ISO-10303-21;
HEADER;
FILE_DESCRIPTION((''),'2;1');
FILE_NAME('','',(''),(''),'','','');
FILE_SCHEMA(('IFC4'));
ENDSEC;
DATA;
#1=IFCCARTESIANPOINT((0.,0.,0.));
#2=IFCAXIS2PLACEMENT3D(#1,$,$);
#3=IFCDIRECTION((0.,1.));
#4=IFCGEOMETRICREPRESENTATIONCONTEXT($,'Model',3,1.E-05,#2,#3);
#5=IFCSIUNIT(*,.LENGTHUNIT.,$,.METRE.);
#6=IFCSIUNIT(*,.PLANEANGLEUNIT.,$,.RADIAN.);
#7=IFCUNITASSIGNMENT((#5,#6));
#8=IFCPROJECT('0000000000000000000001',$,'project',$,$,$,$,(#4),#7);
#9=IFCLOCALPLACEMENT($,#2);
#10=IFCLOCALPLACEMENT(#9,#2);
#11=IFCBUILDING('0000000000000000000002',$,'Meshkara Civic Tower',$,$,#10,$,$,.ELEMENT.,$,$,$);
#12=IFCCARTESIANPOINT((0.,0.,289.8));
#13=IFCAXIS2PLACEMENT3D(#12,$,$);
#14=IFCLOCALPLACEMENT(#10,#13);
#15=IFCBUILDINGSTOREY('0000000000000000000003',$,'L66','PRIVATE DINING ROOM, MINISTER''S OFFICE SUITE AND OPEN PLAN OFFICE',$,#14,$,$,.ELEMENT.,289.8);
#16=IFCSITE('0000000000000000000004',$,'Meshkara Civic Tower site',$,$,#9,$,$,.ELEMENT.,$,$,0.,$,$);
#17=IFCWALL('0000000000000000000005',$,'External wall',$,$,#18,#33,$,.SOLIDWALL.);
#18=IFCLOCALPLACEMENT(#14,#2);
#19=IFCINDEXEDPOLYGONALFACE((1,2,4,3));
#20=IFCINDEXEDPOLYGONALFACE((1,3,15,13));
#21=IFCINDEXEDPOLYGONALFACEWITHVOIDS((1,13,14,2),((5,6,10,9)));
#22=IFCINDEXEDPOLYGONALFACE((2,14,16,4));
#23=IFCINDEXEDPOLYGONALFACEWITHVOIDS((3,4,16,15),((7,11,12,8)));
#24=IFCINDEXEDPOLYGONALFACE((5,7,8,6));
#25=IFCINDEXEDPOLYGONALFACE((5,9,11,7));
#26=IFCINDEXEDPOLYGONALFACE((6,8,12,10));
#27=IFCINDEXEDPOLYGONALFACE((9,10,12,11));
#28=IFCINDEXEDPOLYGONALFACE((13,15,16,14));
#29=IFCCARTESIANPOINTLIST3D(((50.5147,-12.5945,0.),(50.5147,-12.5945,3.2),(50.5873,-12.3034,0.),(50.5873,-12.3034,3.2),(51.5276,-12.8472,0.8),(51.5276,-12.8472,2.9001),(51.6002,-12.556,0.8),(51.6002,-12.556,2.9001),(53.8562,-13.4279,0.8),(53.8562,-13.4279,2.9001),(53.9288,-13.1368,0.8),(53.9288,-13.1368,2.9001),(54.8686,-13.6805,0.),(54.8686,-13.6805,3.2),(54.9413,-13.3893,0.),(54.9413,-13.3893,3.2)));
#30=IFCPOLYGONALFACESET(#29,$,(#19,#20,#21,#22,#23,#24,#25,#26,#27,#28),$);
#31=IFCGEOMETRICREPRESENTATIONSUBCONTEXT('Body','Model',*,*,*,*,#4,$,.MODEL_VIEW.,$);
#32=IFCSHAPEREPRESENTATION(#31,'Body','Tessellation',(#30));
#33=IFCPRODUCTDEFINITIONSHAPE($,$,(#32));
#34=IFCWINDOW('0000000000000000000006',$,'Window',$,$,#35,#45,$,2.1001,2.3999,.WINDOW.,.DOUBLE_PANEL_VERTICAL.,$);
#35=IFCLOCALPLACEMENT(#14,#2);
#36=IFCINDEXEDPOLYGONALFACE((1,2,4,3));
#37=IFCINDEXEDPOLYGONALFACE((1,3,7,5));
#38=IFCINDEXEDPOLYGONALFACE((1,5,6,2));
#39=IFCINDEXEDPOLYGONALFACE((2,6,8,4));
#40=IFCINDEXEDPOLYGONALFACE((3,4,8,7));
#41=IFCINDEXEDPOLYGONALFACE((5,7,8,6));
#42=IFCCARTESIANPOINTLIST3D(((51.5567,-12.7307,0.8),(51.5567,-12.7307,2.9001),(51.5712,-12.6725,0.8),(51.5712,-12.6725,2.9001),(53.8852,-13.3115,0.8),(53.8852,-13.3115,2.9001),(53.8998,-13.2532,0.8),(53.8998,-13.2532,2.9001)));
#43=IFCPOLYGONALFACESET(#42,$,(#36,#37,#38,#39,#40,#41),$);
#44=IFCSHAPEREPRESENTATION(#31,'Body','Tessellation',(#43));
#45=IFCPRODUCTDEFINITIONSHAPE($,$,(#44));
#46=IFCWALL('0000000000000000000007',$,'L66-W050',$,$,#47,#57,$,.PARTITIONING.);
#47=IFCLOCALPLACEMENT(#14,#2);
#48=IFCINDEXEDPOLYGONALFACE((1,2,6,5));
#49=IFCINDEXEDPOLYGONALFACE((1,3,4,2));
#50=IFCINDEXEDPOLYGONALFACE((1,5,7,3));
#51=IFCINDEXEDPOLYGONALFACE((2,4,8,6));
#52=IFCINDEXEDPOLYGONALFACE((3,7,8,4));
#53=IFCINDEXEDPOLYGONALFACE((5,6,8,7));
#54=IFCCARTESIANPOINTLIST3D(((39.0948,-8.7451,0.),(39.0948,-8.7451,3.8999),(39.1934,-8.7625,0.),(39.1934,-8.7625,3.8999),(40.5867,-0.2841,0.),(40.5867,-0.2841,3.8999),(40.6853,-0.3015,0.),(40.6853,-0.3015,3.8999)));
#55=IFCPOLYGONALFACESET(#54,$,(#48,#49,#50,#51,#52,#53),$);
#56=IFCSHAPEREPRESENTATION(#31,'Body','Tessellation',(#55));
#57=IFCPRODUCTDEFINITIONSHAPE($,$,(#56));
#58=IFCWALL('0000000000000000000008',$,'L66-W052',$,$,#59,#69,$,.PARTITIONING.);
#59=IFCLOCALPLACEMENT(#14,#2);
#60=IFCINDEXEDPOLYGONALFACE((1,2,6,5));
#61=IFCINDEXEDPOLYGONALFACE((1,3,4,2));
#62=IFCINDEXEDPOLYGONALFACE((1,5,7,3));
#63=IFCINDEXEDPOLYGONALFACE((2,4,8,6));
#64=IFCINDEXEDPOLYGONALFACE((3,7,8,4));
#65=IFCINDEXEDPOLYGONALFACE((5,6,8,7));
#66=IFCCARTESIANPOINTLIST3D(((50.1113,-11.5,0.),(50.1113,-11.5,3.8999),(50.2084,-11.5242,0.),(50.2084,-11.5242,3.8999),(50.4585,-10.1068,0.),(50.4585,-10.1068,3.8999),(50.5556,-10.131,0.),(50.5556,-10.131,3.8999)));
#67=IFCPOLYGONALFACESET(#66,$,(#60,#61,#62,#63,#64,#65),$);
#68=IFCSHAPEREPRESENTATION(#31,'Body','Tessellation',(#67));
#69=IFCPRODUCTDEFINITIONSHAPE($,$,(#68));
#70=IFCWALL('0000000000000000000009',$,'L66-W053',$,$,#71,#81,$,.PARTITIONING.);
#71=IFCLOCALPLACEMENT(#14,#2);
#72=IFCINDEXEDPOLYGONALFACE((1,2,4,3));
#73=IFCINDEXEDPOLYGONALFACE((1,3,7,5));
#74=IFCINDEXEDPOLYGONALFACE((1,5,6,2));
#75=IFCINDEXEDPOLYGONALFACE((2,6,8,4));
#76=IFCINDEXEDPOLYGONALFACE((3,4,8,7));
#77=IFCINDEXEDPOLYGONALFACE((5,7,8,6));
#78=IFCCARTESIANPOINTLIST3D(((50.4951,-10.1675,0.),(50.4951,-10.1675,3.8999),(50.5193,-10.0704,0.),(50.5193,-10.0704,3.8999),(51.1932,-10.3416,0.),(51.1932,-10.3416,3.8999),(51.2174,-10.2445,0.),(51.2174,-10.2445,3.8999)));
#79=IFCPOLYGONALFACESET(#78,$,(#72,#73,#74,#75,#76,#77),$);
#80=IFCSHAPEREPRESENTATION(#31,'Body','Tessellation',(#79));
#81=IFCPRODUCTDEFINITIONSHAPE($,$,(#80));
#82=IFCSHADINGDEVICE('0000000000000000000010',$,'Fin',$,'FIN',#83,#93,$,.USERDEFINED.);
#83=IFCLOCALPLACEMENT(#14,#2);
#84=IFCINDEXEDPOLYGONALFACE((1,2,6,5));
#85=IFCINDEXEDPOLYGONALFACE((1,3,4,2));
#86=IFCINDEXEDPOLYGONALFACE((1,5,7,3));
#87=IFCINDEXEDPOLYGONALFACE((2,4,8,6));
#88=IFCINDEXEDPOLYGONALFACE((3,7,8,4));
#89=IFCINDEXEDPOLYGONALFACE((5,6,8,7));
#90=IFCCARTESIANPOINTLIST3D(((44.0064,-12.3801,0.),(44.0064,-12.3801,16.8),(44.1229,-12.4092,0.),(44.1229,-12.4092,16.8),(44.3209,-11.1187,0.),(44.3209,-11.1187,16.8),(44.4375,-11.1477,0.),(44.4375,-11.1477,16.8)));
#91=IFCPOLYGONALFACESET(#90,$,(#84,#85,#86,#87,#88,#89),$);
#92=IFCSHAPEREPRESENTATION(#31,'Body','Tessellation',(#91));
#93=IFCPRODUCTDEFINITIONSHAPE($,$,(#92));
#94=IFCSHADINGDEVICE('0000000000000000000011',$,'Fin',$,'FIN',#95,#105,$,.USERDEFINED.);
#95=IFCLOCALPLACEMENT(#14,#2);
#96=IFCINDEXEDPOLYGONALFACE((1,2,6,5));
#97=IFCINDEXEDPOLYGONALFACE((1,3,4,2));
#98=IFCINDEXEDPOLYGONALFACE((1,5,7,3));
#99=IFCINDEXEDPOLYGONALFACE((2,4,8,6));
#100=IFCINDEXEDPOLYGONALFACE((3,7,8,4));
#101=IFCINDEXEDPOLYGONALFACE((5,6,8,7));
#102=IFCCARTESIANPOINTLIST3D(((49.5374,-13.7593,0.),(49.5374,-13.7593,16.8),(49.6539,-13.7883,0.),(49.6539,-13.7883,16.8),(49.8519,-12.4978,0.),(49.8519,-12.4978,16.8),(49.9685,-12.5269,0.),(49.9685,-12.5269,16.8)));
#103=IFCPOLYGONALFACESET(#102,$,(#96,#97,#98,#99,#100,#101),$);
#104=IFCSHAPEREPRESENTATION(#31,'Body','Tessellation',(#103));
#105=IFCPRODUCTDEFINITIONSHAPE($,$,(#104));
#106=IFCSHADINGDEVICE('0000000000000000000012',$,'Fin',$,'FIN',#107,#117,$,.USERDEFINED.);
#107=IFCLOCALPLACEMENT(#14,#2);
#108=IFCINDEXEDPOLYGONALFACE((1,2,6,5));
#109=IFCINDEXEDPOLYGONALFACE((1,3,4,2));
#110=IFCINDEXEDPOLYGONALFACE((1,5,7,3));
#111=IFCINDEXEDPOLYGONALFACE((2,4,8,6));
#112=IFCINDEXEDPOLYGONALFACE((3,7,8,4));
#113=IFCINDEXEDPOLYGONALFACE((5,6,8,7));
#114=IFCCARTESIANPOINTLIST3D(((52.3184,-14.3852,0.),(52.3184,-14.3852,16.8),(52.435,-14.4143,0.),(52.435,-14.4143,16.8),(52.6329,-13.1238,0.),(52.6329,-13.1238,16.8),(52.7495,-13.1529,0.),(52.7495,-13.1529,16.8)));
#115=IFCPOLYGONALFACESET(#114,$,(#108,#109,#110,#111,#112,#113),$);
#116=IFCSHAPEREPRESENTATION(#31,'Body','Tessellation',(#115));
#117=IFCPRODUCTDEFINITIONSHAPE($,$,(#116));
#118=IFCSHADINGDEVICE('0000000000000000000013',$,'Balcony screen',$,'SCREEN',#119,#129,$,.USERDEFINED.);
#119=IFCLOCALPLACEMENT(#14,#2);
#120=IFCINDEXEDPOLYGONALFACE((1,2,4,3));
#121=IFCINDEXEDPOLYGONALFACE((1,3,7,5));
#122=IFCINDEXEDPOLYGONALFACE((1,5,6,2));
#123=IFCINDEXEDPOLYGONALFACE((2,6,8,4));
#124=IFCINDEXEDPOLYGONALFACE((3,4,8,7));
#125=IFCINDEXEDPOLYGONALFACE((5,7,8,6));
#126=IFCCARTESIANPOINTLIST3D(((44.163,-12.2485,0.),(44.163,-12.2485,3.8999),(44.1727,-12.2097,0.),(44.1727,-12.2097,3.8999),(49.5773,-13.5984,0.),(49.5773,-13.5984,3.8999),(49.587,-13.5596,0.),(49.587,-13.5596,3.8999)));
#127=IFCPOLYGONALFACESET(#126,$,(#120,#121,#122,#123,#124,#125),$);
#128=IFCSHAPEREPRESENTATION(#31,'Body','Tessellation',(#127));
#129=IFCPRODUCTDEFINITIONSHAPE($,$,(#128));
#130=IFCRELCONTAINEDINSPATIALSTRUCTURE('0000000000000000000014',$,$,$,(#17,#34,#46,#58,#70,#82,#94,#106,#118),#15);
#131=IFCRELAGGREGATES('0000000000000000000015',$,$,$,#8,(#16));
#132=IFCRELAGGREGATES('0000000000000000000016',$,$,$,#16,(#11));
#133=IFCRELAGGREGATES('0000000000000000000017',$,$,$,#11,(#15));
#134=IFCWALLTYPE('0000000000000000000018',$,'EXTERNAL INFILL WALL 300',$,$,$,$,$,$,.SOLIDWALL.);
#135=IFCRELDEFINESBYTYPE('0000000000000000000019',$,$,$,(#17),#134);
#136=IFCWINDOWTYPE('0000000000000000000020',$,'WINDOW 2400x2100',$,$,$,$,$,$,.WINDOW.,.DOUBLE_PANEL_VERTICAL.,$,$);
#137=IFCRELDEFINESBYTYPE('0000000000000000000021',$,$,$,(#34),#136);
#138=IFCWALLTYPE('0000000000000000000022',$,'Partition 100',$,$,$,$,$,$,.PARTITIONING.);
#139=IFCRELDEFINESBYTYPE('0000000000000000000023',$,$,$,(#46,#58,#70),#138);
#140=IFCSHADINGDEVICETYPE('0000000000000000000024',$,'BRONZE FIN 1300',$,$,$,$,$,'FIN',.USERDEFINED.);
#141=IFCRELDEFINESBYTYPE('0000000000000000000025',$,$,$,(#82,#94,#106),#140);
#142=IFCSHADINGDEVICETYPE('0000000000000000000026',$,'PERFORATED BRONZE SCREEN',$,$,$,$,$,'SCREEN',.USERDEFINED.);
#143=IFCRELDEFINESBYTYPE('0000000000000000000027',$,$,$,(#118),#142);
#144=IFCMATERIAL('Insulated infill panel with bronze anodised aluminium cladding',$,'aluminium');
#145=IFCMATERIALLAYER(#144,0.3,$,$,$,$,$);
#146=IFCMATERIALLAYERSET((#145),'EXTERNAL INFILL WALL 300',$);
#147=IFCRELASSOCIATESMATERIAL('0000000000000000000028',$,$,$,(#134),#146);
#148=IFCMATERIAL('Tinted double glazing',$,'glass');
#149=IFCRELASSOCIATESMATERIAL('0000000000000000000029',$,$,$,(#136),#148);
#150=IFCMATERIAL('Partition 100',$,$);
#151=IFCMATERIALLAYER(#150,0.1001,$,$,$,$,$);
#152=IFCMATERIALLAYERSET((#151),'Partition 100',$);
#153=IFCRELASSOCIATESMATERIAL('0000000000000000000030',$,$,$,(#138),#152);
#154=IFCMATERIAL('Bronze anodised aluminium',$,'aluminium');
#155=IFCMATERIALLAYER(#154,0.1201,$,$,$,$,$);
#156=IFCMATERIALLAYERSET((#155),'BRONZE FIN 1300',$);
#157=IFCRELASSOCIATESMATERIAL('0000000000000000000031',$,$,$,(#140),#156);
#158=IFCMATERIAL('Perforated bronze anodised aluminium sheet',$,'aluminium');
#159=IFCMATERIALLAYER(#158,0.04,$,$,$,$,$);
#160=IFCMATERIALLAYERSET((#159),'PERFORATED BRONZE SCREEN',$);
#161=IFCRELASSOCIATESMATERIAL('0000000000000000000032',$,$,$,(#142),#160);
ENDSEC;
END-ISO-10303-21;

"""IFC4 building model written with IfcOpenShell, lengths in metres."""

from ifc_helpers import new_model, si_unit, direction, frame, frame_2d, origin, origin_2d, place, context, subcontext, project, spatial, rectangle, extrude, material, layer, layer_set, type_object, element, fill, save


model = new_model("IFC4")

# Units and contexts
model_context = context("Model", 3, precision=1e-05, world=origin(), true_north=direction((0.0, 1.0)))
body_context = subcontext(model_context, "Body", "Model", "MODEL_VIEW")
ifc_project = project(units=[si_unit("LENGTHUNIT", "METRE"), si_unit("PLANEANGLEUNIT", "RADIAN")], contexts=[model_context])

# Site, building, storey
site_placement = place(None, origin())
site = spatial("IfcSite", under=ifc_project, at=site_placement, Name="Meshkara Civic Tower site", CompositionType="ELEMENT", RefElevation=0.0)
building_placement = place(site_placement, origin())
building = spatial("IfcBuilding", under=site, at=building_placement, Name="Meshkara Civic Tower", CompositionType="ELEMENT")
storey_placement = place(building_placement, frame((0.0, 0.0, 289.8)))
storey = spatial("IfcBuildingStorey", under=building, at=storey_placement, Name="L66", Description="PRIVATE DINING ROOM, MINISTER'S OFFICE SUITE AND OPEN PLAN OFFICE", CompositionType="ELEMENT", Elevation=289.8)

# Wall, opening, window
ifc_material_1 = material(Name="Insulated infill panel with bronze anodised aluminium cladding", Category="aluminium")
ifc_layer_1 = layer(ifc_material_1, 0.3)
ifc_layer_set_1 = layer_set([ifc_layer_1], Name="EXTERNAL INFILL WALL 300")
wall_type_1 = type_object("IfcWallType", Name="EXTERNAL INFILL WALL 300", PredefinedType="SOLIDWALL", material=ifc_layer_set_1)
ifc_material_2 = material(Name="Tinted double glazing", Category="glass")
window_type = type_object("IfcWindowType", Name="WINDOW 2400x2100", PartitioningType="DOUBLE_PANEL_VERTICAL", PredefinedType="WINDOW", material=ifc_material_2)
wall_1_placement = place(storey_placement, frame((50.551, -12.449, 0.0), z_axis=(0.0, 0.0, 1.0), x_axis=(0.970277, -0.241998, 0.0)))
wall_1 = element("IfcWall", 1, at=wall_1_placement, inside=storey, type_object=wall_type_1, Name="External wall", PredefinedType="SOLIDWALL", context=body_context, shape_type="SweptSolid", body=[
    extrude(rectangle(XDim=4.4873, YDim=0.3, at=frame_2d((2.2437, 0.0))), origin(), (0.0, 0.0, 1.0), 3.2),
])
opening_1_placement = place(wall_1_placement, frame((1.0439, 0.0, 0.8)))
opening_1 = element("IfcOpeningElement", 2, at=opening_1_placement, cuts=wall_1, PredefinedType="OPENING", context=body_context, shape_type="SweptSolid", body=[
    extrude(rectangle(XDim=2.3999, YDim=2.1001, at=frame_2d((1.2, 1.05))), frame((0.0, 0.1599, 0.0), z_axis=(0.0, -1.0, 0.0), x_axis=(1.0, 0.0, 0.0)), (0.0, 0.0, 1.0), 0.3201),
])
window_1_placement = place(opening_1_placement, origin())
window_1 = element("IfcWindow", 3, at=window_1_placement, inside=storey, type_object=window_type, Name="Window", OverallHeight=2.1001, OverallWidth=2.3999, PartitioningType="DOUBLE_PANEL_VERTICAL", PredefinedType="WINDOW", context=body_context, shape_type="SweptSolid", body=[
    extrude(rectangle(XDim=2.3999, YDim=2.1001, at=frame_2d((1.2, 1.05))), frame((0.0, 0.03, 0.0), z_axis=(0.0, -1.0, 0.0), x_axis=(1.0, 0.0, 0.0)), (0.0, 0.0, 1.0), 0.0601),
])
fill(opening_1, window_1)

# Walls
ifc_material_3 = material(Name="Partition 100")
ifc_layer_2 = layer(ifc_material_3, 0.1001)
ifc_layer_set_2 = layer_set([ifc_layer_2], Name="Partition 100")
wall_type_2 = type_object("IfcWallType", Name="Partition 100", PredefinedType="PARTITIONING", material=ifc_layer_set_2)
wall_2_placement = place(storey_placement, frame((39.144, -8.7539, 0.0), z_axis=(0.0, 0.0, 1.0), x_axis=(0.173654, 0.984807, 0.0)))
element("IfcWall", 4, at=wall_2_placement, inside=storey, type_object=wall_type_2, Name="L66-W050", PredefinedType="PARTITIONING", context=body_context, shape_type="SweptSolid", body=[
    extrude(rectangle(XDim=8.5916, YDim=0.1001, at=frame_2d((4.2959, 0.0))), origin(), (0.0, 0.0, 1.0), 3.8999),
])
wall_3_placement = place(storey_placement, frame((50.1599, -11.512, 0.0), z_axis=(0.0, 0.0, 1.0), x_axis=(0.241815, 0.970322, 0.0)))
element("IfcWall", 5, at=wall_3_placement, inside=storey, type_object=wall_type_2, Name="L66-W052", PredefinedType="PARTITIONING", context=body_context, shape_type="SweptSolid", body=[
    extrude(rectangle(XDim=1.4358, YDim=0.1001, at=frame_2d((0.7178, 0.0))), origin(), (0.0, 0.0, 1.0), 3.8999),
])
wall_4_placement = place(storey_placement, frame((50.5071, -10.1189, 0.0), z_axis=(0.0, 0.0, 1.0), x_axis=(0.970282, -0.241977, 0.0)))
element("IfcWall", 6, at=wall_4_placement, inside=storey, type_object=wall_type_2, Name="L66-W053", PredefinedType="PARTITIONING", context=body_context, shape_type="SweptSolid", body=[
    extrude(rectangle(XDim=0.7195, YDim=0.1001, at=frame_2d((0.3599, 0.0))), origin(), (0.0, 0.0, 1.0), 3.8999),
])

# Shading devices
ifc_material_4 = material(Name="Bronze anodised aluminium", Category="aluminium")
ifc_layer_3 = layer(ifc_material_4, 0.1201)
ifc_layer_set_3 = layer_set([ifc_layer_3], Name="BRONZE FIN 1300")
shading_device_type_1 = type_object("IfcShadingDeviceType", Name="BRONZE FIN 1300", ElementType="FIN", PredefinedType="USERDEFINED", material=ifc_layer_set_3)
for number, where, z_axis, x_axis, name in (
    (7, (44.2219, -11.7639, 0.0), (0.0, 0.0, 1.0), (0.970296, -0.241922, 0.0), "Fin"),
    (8, (49.7529, -13.1431, 0.0), (0.0, 0.0, 1.0), (0.970296, -0.241922, 0.0), "Fin"),
    (9, (52.5339, -13.769, 0.0), (0.0, 0.0, 1.0), (0.970296, -0.241922, 0.0), "Fin"),
):
    element("IfcShadingDevice", number, at=place(storey_placement, frame(where, z_axis=z_axis, x_axis=x_axis)), inside=storey, type_object=shading_device_type_1, Name=name, ObjectType="FIN", PredefinedType="USERDEFINED", context=body_context, shape_type="SweptSolid", body=[
        extrude(rectangle(XDim=0.1201, YDim=1.3, at=origin_2d()), origin(), (0.0, 0.0, 1.0), 16.8),
    ])
ifc_material_5 = material(Name="Perforated bronze anodised aluminium sheet", Category="aluminium")
ifc_layer_4 = layer(ifc_material_5, 0.04)
ifc_layer_set_4 = layer_set([ifc_layer_4], Name="PERFORATED BRONZE SCREEN")
shading_device_type_2 = type_object("IfcShadingDeviceType", Name="PERFORATED BRONZE SCREEN", ElementType="SCREEN", PredefinedType="USERDEFINED", material=ifc_layer_set_4)
shading_device_placement = place(storey_placement, frame((46.875, -12.9041, 0.0), z_axis=(0.0, 0.0, 1.0), x_axis=(0.970296, -0.241922, 0.0)))
element("IfcShadingDevice", 10, at=shading_device_placement, inside=storey, type_object=shading_device_type_2, Name="Balcony screen", ObjectType="SCREEN", PredefinedType="USERDEFINED", context=body_context, shape_type="SweptSolid", body=[
    extrude(rectangle(XDim=5.5801, YDim=0.04, at=origin_2d()), origin(), (0.0, 0.0, 1.0), 3.8999),
])

save(model, "model.ifc")
